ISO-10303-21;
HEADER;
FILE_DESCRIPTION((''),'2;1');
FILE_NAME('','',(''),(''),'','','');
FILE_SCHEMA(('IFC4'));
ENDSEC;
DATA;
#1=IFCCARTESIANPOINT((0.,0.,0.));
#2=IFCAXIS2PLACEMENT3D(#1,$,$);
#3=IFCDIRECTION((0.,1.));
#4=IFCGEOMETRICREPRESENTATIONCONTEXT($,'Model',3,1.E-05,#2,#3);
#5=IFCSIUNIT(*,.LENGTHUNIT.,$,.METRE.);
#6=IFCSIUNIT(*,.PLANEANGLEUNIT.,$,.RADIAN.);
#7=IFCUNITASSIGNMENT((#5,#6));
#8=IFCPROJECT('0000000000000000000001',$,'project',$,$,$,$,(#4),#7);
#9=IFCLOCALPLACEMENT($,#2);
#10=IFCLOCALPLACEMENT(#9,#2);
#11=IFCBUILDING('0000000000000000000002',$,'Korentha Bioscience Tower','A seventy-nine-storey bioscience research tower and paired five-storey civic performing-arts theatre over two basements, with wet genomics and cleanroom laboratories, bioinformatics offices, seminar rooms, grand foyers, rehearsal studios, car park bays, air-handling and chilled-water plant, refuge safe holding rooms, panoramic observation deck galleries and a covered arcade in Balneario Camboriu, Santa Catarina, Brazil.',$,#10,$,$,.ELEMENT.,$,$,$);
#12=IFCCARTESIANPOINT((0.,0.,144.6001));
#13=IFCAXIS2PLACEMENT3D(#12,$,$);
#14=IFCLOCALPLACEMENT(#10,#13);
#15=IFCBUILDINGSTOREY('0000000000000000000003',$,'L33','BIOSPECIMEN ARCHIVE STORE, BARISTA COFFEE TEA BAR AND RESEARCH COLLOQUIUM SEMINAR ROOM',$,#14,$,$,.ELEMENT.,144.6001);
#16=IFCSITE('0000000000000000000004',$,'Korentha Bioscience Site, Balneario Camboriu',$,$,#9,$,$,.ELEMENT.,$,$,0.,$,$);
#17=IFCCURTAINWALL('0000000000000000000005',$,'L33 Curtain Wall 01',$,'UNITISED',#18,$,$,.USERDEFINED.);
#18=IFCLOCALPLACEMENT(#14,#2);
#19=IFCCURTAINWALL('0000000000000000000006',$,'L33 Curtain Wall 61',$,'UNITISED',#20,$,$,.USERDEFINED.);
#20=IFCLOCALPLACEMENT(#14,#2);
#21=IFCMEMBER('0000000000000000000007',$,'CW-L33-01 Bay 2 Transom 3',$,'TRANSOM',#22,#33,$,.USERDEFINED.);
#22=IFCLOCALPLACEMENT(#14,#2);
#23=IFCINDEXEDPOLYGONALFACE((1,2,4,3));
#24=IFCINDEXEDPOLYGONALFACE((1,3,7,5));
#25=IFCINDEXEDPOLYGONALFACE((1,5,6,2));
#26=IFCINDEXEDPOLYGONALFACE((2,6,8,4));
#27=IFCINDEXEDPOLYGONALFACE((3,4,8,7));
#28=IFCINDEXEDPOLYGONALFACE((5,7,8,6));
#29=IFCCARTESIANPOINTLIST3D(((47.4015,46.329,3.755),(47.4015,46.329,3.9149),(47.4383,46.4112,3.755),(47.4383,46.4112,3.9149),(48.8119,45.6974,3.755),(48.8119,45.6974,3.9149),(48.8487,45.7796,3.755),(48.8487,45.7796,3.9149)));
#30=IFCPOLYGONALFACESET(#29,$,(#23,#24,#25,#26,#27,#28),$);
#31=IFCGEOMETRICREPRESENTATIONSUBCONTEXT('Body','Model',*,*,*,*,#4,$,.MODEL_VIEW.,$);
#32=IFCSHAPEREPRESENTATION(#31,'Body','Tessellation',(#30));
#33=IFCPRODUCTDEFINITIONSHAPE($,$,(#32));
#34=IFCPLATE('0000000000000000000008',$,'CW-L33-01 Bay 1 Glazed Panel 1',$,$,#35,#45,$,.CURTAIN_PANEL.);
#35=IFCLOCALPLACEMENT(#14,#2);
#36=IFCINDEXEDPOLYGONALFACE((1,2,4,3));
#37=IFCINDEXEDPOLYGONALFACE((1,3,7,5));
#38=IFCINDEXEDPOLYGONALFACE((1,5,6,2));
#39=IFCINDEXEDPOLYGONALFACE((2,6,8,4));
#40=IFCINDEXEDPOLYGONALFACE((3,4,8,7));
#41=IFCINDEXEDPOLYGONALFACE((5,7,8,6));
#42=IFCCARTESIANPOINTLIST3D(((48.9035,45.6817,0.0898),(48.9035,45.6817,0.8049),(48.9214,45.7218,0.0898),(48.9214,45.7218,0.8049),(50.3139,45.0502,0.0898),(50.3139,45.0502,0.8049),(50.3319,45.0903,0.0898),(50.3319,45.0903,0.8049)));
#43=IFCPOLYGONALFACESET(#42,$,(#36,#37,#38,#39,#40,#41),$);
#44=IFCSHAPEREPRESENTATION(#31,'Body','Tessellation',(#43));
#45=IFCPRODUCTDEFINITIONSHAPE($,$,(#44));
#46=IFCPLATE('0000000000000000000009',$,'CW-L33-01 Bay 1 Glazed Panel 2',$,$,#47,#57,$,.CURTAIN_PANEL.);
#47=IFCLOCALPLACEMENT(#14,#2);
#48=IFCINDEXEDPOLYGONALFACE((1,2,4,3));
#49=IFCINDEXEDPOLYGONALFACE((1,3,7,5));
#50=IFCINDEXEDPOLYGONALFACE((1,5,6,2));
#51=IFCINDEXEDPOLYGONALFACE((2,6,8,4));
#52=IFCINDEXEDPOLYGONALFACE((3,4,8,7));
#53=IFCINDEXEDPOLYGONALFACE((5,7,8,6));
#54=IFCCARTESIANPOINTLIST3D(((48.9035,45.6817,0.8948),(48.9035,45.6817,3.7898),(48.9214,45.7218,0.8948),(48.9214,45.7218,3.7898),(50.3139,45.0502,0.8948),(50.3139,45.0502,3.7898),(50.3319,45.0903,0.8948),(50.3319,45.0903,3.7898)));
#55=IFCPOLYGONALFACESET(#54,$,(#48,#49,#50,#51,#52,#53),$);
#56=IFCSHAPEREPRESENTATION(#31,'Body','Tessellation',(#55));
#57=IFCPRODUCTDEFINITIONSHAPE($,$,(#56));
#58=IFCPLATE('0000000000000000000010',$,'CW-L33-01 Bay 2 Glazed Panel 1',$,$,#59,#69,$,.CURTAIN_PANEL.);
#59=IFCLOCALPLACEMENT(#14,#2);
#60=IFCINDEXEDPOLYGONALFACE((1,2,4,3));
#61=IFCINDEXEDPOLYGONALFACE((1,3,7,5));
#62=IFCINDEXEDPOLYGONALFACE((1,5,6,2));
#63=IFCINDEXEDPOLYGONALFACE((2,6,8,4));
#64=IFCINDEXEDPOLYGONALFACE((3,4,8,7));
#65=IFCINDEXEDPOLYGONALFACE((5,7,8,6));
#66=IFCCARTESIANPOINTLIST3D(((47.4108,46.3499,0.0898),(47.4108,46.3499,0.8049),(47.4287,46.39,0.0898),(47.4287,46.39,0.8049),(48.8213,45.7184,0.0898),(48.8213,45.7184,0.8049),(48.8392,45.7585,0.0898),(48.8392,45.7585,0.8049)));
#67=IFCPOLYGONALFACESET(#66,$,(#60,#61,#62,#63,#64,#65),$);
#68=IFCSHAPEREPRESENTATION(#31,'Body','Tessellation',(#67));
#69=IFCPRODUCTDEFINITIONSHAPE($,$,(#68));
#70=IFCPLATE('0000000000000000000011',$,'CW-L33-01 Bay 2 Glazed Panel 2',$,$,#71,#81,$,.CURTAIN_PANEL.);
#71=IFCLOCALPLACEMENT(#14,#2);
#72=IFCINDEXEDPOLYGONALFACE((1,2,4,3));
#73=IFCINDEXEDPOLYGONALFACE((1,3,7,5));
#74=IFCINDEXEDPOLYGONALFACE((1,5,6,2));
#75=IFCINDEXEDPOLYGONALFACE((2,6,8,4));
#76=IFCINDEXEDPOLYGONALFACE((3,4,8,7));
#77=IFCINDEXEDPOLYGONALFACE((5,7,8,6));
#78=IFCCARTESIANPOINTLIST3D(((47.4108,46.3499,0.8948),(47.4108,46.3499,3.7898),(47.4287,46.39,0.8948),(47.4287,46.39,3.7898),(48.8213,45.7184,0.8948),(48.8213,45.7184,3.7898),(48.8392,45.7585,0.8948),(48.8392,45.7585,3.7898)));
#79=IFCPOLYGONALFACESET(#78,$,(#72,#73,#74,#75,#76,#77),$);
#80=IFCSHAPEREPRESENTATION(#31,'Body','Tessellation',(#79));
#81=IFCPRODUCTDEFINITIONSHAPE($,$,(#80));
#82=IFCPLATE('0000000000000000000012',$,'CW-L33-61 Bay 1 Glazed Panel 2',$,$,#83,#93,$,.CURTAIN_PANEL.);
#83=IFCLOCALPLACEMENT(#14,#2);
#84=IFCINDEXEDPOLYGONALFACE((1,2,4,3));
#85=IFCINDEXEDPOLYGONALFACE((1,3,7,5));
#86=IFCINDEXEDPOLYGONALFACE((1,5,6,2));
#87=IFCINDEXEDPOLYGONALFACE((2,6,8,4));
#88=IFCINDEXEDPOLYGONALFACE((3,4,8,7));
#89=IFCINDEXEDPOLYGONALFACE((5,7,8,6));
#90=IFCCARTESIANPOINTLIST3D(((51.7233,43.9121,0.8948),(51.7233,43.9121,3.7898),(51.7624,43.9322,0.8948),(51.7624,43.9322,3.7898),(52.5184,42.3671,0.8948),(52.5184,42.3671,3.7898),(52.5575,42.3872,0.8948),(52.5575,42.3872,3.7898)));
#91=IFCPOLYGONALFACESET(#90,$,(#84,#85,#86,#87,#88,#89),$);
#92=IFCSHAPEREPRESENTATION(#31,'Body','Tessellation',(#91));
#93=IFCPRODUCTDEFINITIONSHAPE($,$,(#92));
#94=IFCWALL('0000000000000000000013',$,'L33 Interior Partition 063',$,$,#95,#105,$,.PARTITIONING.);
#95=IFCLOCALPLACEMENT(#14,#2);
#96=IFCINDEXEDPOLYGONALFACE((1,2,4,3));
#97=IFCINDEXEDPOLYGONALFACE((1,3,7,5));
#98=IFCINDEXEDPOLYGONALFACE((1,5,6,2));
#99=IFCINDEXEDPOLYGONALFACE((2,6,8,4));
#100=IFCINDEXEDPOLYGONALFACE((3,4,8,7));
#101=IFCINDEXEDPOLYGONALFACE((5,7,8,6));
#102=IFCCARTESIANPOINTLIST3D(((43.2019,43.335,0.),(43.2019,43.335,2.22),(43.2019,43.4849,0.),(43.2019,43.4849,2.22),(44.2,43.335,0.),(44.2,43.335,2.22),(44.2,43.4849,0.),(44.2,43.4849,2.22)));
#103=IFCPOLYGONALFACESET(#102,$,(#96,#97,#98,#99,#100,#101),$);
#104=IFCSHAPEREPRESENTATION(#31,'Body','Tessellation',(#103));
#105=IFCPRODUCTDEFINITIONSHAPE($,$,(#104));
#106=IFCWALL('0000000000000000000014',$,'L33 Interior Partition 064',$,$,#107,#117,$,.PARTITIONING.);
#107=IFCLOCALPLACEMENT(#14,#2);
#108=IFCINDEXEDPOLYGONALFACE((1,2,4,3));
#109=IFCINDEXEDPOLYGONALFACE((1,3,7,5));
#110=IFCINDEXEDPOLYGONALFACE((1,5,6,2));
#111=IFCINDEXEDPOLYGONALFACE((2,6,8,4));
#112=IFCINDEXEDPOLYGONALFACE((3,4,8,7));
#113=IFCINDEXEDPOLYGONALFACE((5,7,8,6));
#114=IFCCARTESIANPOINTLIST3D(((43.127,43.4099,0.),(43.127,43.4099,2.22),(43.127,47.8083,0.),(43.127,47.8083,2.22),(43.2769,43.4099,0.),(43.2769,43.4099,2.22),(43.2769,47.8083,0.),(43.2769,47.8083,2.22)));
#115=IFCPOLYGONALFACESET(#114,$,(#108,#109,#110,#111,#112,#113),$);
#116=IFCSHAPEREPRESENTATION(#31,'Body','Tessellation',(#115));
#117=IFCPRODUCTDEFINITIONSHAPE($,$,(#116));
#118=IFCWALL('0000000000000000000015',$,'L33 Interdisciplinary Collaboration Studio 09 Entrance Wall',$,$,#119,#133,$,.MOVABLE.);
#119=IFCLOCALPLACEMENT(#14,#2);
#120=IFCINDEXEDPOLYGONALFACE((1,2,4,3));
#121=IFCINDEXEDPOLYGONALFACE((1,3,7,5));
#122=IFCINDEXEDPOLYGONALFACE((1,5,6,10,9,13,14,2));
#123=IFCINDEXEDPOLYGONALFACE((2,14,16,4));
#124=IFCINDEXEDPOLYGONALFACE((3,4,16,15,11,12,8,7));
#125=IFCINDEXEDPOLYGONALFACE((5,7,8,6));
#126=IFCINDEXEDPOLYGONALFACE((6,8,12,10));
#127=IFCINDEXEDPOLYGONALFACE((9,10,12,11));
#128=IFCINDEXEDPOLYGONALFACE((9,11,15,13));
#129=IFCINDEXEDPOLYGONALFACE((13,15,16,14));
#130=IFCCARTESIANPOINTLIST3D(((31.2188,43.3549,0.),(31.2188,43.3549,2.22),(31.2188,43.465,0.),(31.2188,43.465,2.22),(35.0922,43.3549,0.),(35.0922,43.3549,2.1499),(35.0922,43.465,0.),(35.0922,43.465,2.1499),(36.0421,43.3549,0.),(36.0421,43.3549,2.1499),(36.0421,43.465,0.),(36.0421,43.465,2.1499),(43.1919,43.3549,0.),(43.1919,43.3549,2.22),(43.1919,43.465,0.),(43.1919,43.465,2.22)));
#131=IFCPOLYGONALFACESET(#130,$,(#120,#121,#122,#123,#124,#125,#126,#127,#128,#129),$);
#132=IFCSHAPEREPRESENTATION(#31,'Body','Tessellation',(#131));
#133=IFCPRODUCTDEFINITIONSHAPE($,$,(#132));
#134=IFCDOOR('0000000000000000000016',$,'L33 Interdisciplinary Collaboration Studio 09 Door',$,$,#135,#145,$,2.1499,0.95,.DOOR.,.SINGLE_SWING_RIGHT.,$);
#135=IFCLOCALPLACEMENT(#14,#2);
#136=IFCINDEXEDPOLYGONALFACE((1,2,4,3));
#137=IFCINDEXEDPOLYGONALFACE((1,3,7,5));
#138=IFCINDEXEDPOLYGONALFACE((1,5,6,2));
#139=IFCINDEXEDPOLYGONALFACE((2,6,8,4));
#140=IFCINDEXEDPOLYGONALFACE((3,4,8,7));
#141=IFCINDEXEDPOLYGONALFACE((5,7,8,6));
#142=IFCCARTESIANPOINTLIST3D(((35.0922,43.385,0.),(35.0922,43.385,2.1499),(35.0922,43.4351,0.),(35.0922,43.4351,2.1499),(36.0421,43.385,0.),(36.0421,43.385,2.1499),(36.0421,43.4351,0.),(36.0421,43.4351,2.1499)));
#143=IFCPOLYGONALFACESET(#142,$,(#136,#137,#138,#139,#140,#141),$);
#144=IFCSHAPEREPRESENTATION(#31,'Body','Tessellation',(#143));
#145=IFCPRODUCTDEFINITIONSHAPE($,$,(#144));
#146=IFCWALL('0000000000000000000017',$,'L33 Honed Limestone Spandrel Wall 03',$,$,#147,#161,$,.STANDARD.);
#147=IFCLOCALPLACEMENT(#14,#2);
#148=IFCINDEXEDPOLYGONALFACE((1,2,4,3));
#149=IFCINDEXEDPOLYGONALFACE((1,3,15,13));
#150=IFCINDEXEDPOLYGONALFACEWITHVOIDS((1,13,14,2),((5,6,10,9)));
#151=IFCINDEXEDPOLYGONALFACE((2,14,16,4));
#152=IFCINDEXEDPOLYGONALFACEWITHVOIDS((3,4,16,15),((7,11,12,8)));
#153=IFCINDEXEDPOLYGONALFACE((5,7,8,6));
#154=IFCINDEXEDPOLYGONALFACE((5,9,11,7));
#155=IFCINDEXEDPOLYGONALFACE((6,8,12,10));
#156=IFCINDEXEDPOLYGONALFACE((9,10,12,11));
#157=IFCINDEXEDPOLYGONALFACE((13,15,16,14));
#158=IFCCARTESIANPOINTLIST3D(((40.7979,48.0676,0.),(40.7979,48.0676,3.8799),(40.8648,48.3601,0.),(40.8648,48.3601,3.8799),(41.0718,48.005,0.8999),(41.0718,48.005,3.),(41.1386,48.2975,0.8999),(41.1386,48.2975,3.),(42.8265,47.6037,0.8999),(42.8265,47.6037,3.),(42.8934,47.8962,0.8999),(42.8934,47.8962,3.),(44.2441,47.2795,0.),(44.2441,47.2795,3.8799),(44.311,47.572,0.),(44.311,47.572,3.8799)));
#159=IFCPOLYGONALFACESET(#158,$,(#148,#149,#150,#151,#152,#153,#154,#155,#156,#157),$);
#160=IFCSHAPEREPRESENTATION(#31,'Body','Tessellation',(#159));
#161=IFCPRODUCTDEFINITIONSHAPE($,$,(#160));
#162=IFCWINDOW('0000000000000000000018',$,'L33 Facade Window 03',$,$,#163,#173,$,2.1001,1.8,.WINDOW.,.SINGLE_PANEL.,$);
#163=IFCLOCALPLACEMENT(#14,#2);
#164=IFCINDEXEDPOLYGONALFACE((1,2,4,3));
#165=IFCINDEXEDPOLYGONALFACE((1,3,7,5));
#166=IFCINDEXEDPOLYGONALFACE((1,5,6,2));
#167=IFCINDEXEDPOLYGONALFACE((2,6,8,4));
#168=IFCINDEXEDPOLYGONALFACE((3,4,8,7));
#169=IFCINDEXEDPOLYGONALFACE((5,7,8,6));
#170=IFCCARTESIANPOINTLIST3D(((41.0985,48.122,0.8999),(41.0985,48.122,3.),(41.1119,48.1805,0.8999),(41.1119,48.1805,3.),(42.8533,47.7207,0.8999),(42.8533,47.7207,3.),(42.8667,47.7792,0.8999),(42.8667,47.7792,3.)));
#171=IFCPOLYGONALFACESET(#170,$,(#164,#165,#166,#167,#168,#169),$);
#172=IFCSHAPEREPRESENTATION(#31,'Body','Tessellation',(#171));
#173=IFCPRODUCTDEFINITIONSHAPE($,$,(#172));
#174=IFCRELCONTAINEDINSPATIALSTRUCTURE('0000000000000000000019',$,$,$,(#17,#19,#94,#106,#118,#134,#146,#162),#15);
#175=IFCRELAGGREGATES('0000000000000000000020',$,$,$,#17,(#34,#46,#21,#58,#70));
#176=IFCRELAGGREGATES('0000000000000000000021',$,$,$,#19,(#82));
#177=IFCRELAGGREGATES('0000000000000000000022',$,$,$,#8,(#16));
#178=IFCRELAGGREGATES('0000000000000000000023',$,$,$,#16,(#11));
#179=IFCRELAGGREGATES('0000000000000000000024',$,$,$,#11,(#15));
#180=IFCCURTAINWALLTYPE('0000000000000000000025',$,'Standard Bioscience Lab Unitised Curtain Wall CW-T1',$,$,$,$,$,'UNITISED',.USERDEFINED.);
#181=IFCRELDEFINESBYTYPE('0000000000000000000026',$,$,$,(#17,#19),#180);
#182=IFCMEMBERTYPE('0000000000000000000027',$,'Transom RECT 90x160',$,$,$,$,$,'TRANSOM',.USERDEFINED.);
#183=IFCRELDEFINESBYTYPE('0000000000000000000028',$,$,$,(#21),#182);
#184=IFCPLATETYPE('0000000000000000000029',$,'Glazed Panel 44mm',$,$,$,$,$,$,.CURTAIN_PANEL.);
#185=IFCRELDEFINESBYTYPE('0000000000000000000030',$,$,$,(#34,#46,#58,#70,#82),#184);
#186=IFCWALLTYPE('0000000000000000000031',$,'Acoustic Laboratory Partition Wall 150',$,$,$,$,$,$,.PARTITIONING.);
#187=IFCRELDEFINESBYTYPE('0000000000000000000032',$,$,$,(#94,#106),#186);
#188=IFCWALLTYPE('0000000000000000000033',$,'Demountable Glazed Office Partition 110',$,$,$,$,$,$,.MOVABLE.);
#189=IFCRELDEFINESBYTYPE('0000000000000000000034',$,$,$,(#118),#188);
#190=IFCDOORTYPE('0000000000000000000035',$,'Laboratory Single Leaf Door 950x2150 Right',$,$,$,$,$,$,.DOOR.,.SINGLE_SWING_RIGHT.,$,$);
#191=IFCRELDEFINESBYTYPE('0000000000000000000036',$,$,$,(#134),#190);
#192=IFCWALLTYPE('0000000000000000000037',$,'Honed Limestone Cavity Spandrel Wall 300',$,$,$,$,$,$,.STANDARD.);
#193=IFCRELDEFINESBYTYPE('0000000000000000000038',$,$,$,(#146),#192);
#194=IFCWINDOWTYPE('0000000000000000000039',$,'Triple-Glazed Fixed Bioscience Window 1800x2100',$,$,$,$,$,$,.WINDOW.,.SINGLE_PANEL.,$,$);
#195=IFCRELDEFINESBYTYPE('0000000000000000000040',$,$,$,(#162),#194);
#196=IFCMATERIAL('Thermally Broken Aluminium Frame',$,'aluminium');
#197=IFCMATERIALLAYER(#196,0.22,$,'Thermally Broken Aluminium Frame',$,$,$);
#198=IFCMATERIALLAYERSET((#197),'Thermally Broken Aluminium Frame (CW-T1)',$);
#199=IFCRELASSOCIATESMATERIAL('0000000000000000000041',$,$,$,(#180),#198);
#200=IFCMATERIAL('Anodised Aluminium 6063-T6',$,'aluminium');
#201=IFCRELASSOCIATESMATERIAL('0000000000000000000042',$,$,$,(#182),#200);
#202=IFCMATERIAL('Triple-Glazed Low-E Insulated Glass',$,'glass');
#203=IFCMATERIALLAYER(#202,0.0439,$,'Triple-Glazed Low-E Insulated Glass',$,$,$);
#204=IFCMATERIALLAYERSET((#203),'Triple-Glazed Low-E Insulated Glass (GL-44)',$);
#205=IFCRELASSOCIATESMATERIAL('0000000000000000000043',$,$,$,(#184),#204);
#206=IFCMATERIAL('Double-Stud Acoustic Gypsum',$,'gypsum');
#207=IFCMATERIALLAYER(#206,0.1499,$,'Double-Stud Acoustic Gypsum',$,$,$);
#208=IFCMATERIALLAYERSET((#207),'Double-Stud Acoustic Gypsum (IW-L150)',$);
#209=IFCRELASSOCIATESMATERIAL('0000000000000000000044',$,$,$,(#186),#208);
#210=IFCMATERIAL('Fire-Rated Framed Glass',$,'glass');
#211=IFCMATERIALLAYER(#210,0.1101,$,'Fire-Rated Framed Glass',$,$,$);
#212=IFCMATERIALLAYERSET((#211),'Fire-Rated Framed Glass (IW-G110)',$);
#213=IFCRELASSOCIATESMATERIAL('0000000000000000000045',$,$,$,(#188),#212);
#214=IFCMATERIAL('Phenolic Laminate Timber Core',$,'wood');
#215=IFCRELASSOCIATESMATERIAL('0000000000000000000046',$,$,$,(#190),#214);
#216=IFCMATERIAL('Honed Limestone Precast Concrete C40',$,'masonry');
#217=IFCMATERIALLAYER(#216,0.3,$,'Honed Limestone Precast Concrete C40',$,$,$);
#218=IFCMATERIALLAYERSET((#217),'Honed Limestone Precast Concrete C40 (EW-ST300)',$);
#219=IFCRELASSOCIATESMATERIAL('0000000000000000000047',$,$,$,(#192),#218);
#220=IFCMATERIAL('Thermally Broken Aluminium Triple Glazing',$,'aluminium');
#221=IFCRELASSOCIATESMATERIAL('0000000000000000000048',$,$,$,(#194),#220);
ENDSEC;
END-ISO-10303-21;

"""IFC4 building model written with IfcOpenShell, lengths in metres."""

from ifc_helpers import new_model, si_unit, direction, frame, frame_2d, origin, origin_2d, place, context, subcontext, project, spatial, rectangle, extrude, material, layer, layer_set, material_profile, profile_set, type_object, element, fill, aggregate, save


model = new_model("IFC4")

# Units and contexts
model_context = context("Model", 3, precision=1e-05, world=origin(), true_north=direction((0.0, 1.0)))
body_context = subcontext(model_context, "Body", "Model", "MODEL_VIEW")
ifc_project = project(units=[si_unit("LENGTHUNIT", "METRE"), si_unit("PLANEANGLEUNIT", "RADIAN")], contexts=[model_context])

# Site, building, storey
site_placement = place(None, origin())
site = spatial("IfcSite", under=ifc_project, at=site_placement, Name="Korentha Bioscience Site, Balneario Camboriu", CompositionType="ELEMENT", RefElevation=0.0)
building_placement = place(site_placement, origin())
building = spatial("IfcBuilding", under=site, at=building_placement, Name="Korentha Bioscience Tower", Description="A seventy-nine-storey bioscience research tower and paired five-storey civic performing-arts theatre over two basements, with wet genomics and cleanroom laboratories, bioinformatics offices, seminar rooms, grand foyers, rehearsal studios, car park bays, air-handling and chilled-water plant, refuge safe holding rooms, panoramic observation deck galleries and a covered arcade in Balneario Camboriu, Santa Catarina, Brazil.", CompositionType="ELEMENT")
storey_placement = place(building_placement, frame((0.0, 0.0, 144.6001)))
storey = spatial("IfcBuildingStorey", under=building, at=storey_placement, Name="L33", Description="BIOSPECIMEN ARCHIVE STORE, BARISTA COFFEE TEA BAR AND RESEARCH COLLOQUIUM SEMINAR ROOM", CompositionType="ELEMENT", Elevation=144.6001)

# Curtain wall
ifc_material_1 = material(Name="Thermally Broken Aluminium Frame", Category="aluminium")
ifc_layer_1 = layer(ifc_material_1, 0.22, Name="Thermally Broken Aluminium Frame")
ifc_layer_set_1 = layer_set([ifc_layer_1], Name="Thermally Broken Aluminium Frame (CW-T1)")
curtain_wall_type = type_object("IfcCurtainWallType", Name="Standard Bioscience Lab Unitised Curtain Wall CW-T1", ElementType="UNITISED", PredefinedType="USERDEFINED", material=ifc_layer_set_1)
curtain_wall_1_placement = place(storey_placement, origin())
curtain_wall_1 = element("IfcCurtainWall", 1, at=curtain_wall_1_placement, inside=storey, type_object=curtain_wall_type, Name="L33 Curtain Wall 01", ObjectType="UNITISED", PredefinedType="USERDEFINED")
ifc_material_2 = material(Name="Anodised Aluminium 6063-T6", Category="aluminium")

# Curtain wall
curtain_wall_2_placement = place(storey_placement, origin())
curtain_wall_2 = element("IfcCurtainWall", 2, at=curtain_wall_2_placement, inside=storey, type_object=curtain_wall_type, Name="L33 Curtain Wall 61", ObjectType="UNITISED", PredefinedType="USERDEFINED")

# Member
ifc_material_profile_1 = material_profile(ifc_material_2, rectangle(XDim=0.0901, YDim=0.1599, at=origin_2d()), Name="Anodised Aluminium 6063-T6")
ifc_profile_set_1 = profile_set([ifc_material_profile_1], Name="Anodised Aluminium 6063-T6 (CW-TRN)")
member_type_1 = type_object("IfcMemberType", Name="Transom RECT 90x160", ElementType="TRANSOM", PredefinedType="USERDEFINED", material=ifc_profile_set_1)
member_1_placement = place(storey_placement, frame((48.8303, 45.7385, 3.835), z_axis=(-0.912668, 0.408702, 0.0), x_axis=(-0.408702, -0.912668, 0.0)))
member_1 = element("IfcMember", 3, at=member_1_placement, type_object=member_type_1, Name="CW-L33-01 Bay 2 Transom 3", ObjectType="TRANSOM", PredefinedType="USERDEFINED", context=body_context, shape_type="SweptSolid", body=[
    extrude(rectangle(XDim=0.0901, YDim=0.1599, at=origin_2d()), origin(), (0.0, 0.0, 1.0), 1.5454),
])

# Plates
ifc_material_3 = material(Name="Triple-Glazed Low-E Insulated Glass", Category="glass")
ifc_layer_2 = layer(ifc_material_3, 0.0439, Name="Triple-Glazed Low-E Insulated Glass")
ifc_layer_set_2 = layer_set([ifc_layer_2], Name="Triple-Glazed Low-E Insulated Glass (GL-44)")
plate_type = type_object("IfcPlateType", Name="Glazed Panel 44mm", PredefinedType="CURTAIN_PANEL", material=ifc_layer_set_2)
plate_1_placement = place(storey_placement, frame((49.6177, 45.386, 0.0898), z_axis=(0.0, 0.0, 1.0), x_axis=(-0.912687, 0.40866, 0.0)))
plate_1 = element("IfcPlate", 4, at=plate_1_placement, type_object=plate_type, Name="CW-L33-01 Bay 1 Glazed Panel 1", PredefinedType="CURTAIN_PANEL", context=body_context, shape_type="SweptSolid", body=[
    extrude(rectangle(XDim=1.5454, YDim=0.0439, at=origin_2d()), origin(), (0.0, 0.0, 1.0), 0.7151),
])
plate_2_placement = place(storey_placement, frame((49.6177, 45.386, 0.8948), z_axis=(0.0, 0.0, 1.0), x_axis=(-0.912687, 0.40866, 0.0)))
plate_2 = element("IfcPlate", 5, at=plate_2_placement, type_object=plate_type, Name="CW-L33-01 Bay 1 Glazed Panel 2", PredefinedType="CURTAIN_PANEL", context=body_context, shape_type="SweptSolid", body=[
    extrude(rectangle(XDim=1.5454, YDim=0.0439, at=origin_2d()), origin(), (0.0, 0.0, 1.0), 2.895),
])
plate_3_placement = place(storey_placement, frame((48.125, 46.0542, 0.0898), z_axis=(0.0, 0.0, 1.0), x_axis=(-0.912687, 0.40866, 0.0)))
plate_3 = element("IfcPlate", 6, at=plate_3_placement, type_object=plate_type, Name="CW-L33-01 Bay 2 Glazed Panel 1", PredefinedType="CURTAIN_PANEL", context=body_context, shape_type="SweptSolid", body=[
    extrude(rectangle(XDim=1.5454, YDim=0.0439, at=origin_2d()), origin(), (0.0, 0.0, 1.0), 0.7151),
])
plate_4_placement = place(storey_placement, frame((48.125, 46.0542, 0.8948), z_axis=(0.0, 0.0, 1.0), x_axis=(-0.912687, 0.40866, 0.0)))
plate_4 = element("IfcPlate", 7, at=plate_4_placement, type_object=plate_type, Name="CW-L33-01 Bay 2 Glazed Panel 2", PredefinedType="CURTAIN_PANEL", context=body_context, shape_type="SweptSolid", body=[
    extrude(rectangle(XDim=1.5454, YDim=0.0439, at=origin_2d()), origin(), (0.0, 0.0, 1.0), 2.895),
])
aggregate(curtain_wall_1, [plate_1, plate_2, member_1, plate_3, plate_4])
plate_5_placement = place(storey_placement, frame((52.1404, 43.1497, 0.8948), z_axis=(0.0, 0.0, 1.0), x_axis=(-0.457613, 0.889151, 0.0)))
plate_5 = element("IfcPlate", 8, at=plate_5_placement, type_object=plate_type, Name="CW-L33-61 Bay 1 Glazed Panel 2", PredefinedType="CURTAIN_PANEL", context=body_context, shape_type="SweptSolid", body=[
    extrude(rectangle(XDim=1.7375, YDim=0.0439, at=origin_2d()), origin(), (0.0, 0.0, 1.0), 2.895),
])
aggregate(curtain_wall_2, [plate_5])

# Walls
ifc_material_4 = material(Name="Double-Stud Acoustic Gypsum", Category="gypsum")
ifc_layer_3 = layer(ifc_material_4, 0.1499, Name="Double-Stud Acoustic Gypsum")
ifc_layer_set_3 = layer_set([ifc_layer_3], Name="Double-Stud Acoustic Gypsum (IW-L150)")
wall_type_1 = type_object("IfcWallType", Name="Acoustic Laboratory Partition Wall 150", PredefinedType="PARTITIONING", material=ifc_layer_set_3)
wall_1_placement = place(storey_placement, frame((44.2, 43.4099, 0.0), z_axis=(0.0, 0.0, 1.0), x_axis=(-1.0, 0.0, 0.0)))
element("IfcWall", 9, at=wall_1_placement, inside=storey, type_object=wall_type_1, Name="L33 Interior Partition 063", PredefinedType="PARTITIONING", context=body_context, shape_type="SweptSolid", body=[
    extrude(rectangle(XDim=0.998, YDim=0.1499, at=frame_2d((0.499, 0.0))), origin(), (0.0, 0.0, 1.0), 2.22),
])
wall_2_placement = place(storey_placement, frame((43.2019, 43.4099, 0.0), z_axis=(0.0, 0.0, 1.0), x_axis=(0.0, 1.0, 0.0)))
element("IfcWall", 10, at=wall_2_placement, inside=storey, type_object=wall_type_1, Name="L33 Interior Partition 064", PredefinedType="PARTITIONING", context=body_context, shape_type="SweptSolid", body=[
    extrude(rectangle(XDim=4.3984, YDim=0.1499, at=frame_2d((2.1992, 0.0))), origin(), (0.0, 0.0, 1.0), 2.22),
])

# Wall, opening, door
ifc_material_5 = material(Name="Fire-Rated Framed Glass", Category="glass")
ifc_layer_4 = layer(ifc_material_5, 0.1101, Name="Fire-Rated Framed Glass")
ifc_layer_set_4 = layer_set([ifc_layer_4], Name="Fire-Rated Framed Glass (IW-G110)")
wall_type_2 = type_object("IfcWallType", Name="Demountable Glazed Office Partition 110", PredefinedType="MOVABLE", material=ifc_layer_set_4)
wall_3_placement = place(storey_placement, frame((43.1919, 43.4099, 0.0), z_axis=(0.0, 0.0, 1.0), x_axis=(-1.0, 0.0, 0.0)))
wall_3 = element("IfcWall", 11, at=wall_3_placement, inside=storey, type_object=wall_type_2, Name="L33 Interdisciplinary Collaboration Studio 09 Entrance Wall", PredefinedType="MOVABLE", context=body_context, shape_type="SweptSolid", body=[
    extrude(rectangle(XDim=11.9731, YDim=0.1101, at=frame_2d((5.9866, 0.0))), origin(), (0.0, 0.0, 1.0), 2.22),
])
opening_1_placement = place(wall_3_placement, frame((7.1497, 0.0, 0.0)))
opening_1 = element("IfcOpeningElement", 12, at=opening_1_placement, cuts=wall_3, PredefinedType="OPENING", context=body_context, shape_type="SweptSolid", body=[
    extrude(rectangle(XDim=0.95, YDim=2.1499, at=frame_2d((0.4751, 1.075))), frame((0.0, 0.0698, 0.0), z_axis=(0.0, -1.0, 0.0), x_axis=(1.0, 0.0, 0.0)), (0.0, 0.0, 1.0), 0.1399),
])
ifc_material_6 = material(Name="Phenolic Laminate Timber Core", Category="wood")
door_type_1 = type_object("IfcDoorType", Name="Laboratory Single Leaf Door 950x2150 Right", OperationType="SINGLE_SWING_RIGHT", PredefinedType="DOOR", material=ifc_material_6)
door_1_placement = place(opening_1_placement, origin())
door_1 = element("IfcDoor", 13, at=door_1_placement, inside=storey, type_object=door_type_1, Name="L33 Interdisciplinary Collaboration Studio 09 Door", OperationType="SINGLE_SWING_RIGHT", OverallHeight=2.1499, OverallWidth=0.95, PredefinedType="DOOR", context=body_context, shape_type="SweptSolid", body=[
    extrude(rectangle(XDim=0.95, YDim=2.1499, at=frame_2d((0.4751, 1.075))), frame((0.0, 0.0249, 0.0), z_axis=(0.0, -1.0, 0.0), x_axis=(1.0, 0.0, 0.0)), (0.0, 0.0, 1.0), 0.05),
])
fill(opening_1, door_1)

# Wall, opening, window
ifc_material_7 = material(Name="Honed Limestone Precast Concrete C40", Category="masonry")
ifc_layer_5 = layer(ifc_material_7, 0.3, Name="Honed Limestone Precast Concrete C40")
ifc_layer_set_5 = layer_set([ifc_layer_5], Name="Honed Limestone Precast Concrete C40 (EW-ST300)")
wall_type_3 = type_object("IfcWallType", Name="Honed Limestone Cavity Spandrel Wall 300", PredefinedType="STANDARD", material=ifc_layer_set_5)
wall_4_placement = place(storey_placement, frame((44.2776, 47.4258, 0.0), z_axis=(0.0, 0.0, 1.0), x_axis=(-0.974836, 0.222922, 0.0)))
wall_4 = element("IfcWall", 14, at=wall_4_placement, inside=storey, type_object=wall_type_3, Name="L33 Honed Limestone Spandrel Wall 03", PredefinedType="STANDARD", context=body_context, shape_type="SweptSolid", body=[
    extrude(rectangle(XDim=3.5352, YDim=0.3, at=frame_2d((1.7676, 0.0))), origin(), (0.0, 0.0, 1.0), 3.8799),
])
opening_2_placement = place(wall_4_placement, frame((1.4543, 0.0, 0.8999)))
opening_2 = element("IfcOpeningElement", 15, at=opening_2_placement, cuts=wall_4, PredefinedType="OPENING", context=body_context, shape_type="SweptSolid", body=[
    extrude(rectangle(XDim=1.8, YDim=2.1001, at=frame_2d((0.8999, 1.05))), frame((0.0, 0.165, 0.0), z_axis=(0.0, -1.0, 0.0), x_axis=(1.0, 0.0, 0.0)), (0.0, 0.0, 1.0), 0.3298),
])
ifc_material_8 = material(Name="Thermally Broken Aluminium Triple Glazing", Category="aluminium")
window_type = type_object("IfcWindowType", Name="Triple-Glazed Fixed Bioscience Window 1800x2100", PartitioningType="SINGLE_PANEL", PredefinedType="WINDOW", material=ifc_material_8)
window_placement = place(opening_2_placement, origin())
window = element("IfcWindow", 16, at=window_placement, inside=storey, type_object=window_type, Name="L33 Facade Window 03", OverallHeight=2.1001, OverallWidth=1.8, PartitioningType="SINGLE_PANEL", PredefinedType="WINDOW", context=body_context, shape_type="SweptSolid", body=[
    extrude(rectangle(XDim=1.8, YDim=2.1001, at=frame_2d((0.8999, 1.05))), frame((0.0, 0.03, 0.0), z_axis=(0.0, -1.0, 0.0), x_axis=(1.0, 0.0, 0.0)), (0.0, 0.0, 1.0), 0.0601),
])
fill(opening_2, window)

save(model, "model.ifc")
